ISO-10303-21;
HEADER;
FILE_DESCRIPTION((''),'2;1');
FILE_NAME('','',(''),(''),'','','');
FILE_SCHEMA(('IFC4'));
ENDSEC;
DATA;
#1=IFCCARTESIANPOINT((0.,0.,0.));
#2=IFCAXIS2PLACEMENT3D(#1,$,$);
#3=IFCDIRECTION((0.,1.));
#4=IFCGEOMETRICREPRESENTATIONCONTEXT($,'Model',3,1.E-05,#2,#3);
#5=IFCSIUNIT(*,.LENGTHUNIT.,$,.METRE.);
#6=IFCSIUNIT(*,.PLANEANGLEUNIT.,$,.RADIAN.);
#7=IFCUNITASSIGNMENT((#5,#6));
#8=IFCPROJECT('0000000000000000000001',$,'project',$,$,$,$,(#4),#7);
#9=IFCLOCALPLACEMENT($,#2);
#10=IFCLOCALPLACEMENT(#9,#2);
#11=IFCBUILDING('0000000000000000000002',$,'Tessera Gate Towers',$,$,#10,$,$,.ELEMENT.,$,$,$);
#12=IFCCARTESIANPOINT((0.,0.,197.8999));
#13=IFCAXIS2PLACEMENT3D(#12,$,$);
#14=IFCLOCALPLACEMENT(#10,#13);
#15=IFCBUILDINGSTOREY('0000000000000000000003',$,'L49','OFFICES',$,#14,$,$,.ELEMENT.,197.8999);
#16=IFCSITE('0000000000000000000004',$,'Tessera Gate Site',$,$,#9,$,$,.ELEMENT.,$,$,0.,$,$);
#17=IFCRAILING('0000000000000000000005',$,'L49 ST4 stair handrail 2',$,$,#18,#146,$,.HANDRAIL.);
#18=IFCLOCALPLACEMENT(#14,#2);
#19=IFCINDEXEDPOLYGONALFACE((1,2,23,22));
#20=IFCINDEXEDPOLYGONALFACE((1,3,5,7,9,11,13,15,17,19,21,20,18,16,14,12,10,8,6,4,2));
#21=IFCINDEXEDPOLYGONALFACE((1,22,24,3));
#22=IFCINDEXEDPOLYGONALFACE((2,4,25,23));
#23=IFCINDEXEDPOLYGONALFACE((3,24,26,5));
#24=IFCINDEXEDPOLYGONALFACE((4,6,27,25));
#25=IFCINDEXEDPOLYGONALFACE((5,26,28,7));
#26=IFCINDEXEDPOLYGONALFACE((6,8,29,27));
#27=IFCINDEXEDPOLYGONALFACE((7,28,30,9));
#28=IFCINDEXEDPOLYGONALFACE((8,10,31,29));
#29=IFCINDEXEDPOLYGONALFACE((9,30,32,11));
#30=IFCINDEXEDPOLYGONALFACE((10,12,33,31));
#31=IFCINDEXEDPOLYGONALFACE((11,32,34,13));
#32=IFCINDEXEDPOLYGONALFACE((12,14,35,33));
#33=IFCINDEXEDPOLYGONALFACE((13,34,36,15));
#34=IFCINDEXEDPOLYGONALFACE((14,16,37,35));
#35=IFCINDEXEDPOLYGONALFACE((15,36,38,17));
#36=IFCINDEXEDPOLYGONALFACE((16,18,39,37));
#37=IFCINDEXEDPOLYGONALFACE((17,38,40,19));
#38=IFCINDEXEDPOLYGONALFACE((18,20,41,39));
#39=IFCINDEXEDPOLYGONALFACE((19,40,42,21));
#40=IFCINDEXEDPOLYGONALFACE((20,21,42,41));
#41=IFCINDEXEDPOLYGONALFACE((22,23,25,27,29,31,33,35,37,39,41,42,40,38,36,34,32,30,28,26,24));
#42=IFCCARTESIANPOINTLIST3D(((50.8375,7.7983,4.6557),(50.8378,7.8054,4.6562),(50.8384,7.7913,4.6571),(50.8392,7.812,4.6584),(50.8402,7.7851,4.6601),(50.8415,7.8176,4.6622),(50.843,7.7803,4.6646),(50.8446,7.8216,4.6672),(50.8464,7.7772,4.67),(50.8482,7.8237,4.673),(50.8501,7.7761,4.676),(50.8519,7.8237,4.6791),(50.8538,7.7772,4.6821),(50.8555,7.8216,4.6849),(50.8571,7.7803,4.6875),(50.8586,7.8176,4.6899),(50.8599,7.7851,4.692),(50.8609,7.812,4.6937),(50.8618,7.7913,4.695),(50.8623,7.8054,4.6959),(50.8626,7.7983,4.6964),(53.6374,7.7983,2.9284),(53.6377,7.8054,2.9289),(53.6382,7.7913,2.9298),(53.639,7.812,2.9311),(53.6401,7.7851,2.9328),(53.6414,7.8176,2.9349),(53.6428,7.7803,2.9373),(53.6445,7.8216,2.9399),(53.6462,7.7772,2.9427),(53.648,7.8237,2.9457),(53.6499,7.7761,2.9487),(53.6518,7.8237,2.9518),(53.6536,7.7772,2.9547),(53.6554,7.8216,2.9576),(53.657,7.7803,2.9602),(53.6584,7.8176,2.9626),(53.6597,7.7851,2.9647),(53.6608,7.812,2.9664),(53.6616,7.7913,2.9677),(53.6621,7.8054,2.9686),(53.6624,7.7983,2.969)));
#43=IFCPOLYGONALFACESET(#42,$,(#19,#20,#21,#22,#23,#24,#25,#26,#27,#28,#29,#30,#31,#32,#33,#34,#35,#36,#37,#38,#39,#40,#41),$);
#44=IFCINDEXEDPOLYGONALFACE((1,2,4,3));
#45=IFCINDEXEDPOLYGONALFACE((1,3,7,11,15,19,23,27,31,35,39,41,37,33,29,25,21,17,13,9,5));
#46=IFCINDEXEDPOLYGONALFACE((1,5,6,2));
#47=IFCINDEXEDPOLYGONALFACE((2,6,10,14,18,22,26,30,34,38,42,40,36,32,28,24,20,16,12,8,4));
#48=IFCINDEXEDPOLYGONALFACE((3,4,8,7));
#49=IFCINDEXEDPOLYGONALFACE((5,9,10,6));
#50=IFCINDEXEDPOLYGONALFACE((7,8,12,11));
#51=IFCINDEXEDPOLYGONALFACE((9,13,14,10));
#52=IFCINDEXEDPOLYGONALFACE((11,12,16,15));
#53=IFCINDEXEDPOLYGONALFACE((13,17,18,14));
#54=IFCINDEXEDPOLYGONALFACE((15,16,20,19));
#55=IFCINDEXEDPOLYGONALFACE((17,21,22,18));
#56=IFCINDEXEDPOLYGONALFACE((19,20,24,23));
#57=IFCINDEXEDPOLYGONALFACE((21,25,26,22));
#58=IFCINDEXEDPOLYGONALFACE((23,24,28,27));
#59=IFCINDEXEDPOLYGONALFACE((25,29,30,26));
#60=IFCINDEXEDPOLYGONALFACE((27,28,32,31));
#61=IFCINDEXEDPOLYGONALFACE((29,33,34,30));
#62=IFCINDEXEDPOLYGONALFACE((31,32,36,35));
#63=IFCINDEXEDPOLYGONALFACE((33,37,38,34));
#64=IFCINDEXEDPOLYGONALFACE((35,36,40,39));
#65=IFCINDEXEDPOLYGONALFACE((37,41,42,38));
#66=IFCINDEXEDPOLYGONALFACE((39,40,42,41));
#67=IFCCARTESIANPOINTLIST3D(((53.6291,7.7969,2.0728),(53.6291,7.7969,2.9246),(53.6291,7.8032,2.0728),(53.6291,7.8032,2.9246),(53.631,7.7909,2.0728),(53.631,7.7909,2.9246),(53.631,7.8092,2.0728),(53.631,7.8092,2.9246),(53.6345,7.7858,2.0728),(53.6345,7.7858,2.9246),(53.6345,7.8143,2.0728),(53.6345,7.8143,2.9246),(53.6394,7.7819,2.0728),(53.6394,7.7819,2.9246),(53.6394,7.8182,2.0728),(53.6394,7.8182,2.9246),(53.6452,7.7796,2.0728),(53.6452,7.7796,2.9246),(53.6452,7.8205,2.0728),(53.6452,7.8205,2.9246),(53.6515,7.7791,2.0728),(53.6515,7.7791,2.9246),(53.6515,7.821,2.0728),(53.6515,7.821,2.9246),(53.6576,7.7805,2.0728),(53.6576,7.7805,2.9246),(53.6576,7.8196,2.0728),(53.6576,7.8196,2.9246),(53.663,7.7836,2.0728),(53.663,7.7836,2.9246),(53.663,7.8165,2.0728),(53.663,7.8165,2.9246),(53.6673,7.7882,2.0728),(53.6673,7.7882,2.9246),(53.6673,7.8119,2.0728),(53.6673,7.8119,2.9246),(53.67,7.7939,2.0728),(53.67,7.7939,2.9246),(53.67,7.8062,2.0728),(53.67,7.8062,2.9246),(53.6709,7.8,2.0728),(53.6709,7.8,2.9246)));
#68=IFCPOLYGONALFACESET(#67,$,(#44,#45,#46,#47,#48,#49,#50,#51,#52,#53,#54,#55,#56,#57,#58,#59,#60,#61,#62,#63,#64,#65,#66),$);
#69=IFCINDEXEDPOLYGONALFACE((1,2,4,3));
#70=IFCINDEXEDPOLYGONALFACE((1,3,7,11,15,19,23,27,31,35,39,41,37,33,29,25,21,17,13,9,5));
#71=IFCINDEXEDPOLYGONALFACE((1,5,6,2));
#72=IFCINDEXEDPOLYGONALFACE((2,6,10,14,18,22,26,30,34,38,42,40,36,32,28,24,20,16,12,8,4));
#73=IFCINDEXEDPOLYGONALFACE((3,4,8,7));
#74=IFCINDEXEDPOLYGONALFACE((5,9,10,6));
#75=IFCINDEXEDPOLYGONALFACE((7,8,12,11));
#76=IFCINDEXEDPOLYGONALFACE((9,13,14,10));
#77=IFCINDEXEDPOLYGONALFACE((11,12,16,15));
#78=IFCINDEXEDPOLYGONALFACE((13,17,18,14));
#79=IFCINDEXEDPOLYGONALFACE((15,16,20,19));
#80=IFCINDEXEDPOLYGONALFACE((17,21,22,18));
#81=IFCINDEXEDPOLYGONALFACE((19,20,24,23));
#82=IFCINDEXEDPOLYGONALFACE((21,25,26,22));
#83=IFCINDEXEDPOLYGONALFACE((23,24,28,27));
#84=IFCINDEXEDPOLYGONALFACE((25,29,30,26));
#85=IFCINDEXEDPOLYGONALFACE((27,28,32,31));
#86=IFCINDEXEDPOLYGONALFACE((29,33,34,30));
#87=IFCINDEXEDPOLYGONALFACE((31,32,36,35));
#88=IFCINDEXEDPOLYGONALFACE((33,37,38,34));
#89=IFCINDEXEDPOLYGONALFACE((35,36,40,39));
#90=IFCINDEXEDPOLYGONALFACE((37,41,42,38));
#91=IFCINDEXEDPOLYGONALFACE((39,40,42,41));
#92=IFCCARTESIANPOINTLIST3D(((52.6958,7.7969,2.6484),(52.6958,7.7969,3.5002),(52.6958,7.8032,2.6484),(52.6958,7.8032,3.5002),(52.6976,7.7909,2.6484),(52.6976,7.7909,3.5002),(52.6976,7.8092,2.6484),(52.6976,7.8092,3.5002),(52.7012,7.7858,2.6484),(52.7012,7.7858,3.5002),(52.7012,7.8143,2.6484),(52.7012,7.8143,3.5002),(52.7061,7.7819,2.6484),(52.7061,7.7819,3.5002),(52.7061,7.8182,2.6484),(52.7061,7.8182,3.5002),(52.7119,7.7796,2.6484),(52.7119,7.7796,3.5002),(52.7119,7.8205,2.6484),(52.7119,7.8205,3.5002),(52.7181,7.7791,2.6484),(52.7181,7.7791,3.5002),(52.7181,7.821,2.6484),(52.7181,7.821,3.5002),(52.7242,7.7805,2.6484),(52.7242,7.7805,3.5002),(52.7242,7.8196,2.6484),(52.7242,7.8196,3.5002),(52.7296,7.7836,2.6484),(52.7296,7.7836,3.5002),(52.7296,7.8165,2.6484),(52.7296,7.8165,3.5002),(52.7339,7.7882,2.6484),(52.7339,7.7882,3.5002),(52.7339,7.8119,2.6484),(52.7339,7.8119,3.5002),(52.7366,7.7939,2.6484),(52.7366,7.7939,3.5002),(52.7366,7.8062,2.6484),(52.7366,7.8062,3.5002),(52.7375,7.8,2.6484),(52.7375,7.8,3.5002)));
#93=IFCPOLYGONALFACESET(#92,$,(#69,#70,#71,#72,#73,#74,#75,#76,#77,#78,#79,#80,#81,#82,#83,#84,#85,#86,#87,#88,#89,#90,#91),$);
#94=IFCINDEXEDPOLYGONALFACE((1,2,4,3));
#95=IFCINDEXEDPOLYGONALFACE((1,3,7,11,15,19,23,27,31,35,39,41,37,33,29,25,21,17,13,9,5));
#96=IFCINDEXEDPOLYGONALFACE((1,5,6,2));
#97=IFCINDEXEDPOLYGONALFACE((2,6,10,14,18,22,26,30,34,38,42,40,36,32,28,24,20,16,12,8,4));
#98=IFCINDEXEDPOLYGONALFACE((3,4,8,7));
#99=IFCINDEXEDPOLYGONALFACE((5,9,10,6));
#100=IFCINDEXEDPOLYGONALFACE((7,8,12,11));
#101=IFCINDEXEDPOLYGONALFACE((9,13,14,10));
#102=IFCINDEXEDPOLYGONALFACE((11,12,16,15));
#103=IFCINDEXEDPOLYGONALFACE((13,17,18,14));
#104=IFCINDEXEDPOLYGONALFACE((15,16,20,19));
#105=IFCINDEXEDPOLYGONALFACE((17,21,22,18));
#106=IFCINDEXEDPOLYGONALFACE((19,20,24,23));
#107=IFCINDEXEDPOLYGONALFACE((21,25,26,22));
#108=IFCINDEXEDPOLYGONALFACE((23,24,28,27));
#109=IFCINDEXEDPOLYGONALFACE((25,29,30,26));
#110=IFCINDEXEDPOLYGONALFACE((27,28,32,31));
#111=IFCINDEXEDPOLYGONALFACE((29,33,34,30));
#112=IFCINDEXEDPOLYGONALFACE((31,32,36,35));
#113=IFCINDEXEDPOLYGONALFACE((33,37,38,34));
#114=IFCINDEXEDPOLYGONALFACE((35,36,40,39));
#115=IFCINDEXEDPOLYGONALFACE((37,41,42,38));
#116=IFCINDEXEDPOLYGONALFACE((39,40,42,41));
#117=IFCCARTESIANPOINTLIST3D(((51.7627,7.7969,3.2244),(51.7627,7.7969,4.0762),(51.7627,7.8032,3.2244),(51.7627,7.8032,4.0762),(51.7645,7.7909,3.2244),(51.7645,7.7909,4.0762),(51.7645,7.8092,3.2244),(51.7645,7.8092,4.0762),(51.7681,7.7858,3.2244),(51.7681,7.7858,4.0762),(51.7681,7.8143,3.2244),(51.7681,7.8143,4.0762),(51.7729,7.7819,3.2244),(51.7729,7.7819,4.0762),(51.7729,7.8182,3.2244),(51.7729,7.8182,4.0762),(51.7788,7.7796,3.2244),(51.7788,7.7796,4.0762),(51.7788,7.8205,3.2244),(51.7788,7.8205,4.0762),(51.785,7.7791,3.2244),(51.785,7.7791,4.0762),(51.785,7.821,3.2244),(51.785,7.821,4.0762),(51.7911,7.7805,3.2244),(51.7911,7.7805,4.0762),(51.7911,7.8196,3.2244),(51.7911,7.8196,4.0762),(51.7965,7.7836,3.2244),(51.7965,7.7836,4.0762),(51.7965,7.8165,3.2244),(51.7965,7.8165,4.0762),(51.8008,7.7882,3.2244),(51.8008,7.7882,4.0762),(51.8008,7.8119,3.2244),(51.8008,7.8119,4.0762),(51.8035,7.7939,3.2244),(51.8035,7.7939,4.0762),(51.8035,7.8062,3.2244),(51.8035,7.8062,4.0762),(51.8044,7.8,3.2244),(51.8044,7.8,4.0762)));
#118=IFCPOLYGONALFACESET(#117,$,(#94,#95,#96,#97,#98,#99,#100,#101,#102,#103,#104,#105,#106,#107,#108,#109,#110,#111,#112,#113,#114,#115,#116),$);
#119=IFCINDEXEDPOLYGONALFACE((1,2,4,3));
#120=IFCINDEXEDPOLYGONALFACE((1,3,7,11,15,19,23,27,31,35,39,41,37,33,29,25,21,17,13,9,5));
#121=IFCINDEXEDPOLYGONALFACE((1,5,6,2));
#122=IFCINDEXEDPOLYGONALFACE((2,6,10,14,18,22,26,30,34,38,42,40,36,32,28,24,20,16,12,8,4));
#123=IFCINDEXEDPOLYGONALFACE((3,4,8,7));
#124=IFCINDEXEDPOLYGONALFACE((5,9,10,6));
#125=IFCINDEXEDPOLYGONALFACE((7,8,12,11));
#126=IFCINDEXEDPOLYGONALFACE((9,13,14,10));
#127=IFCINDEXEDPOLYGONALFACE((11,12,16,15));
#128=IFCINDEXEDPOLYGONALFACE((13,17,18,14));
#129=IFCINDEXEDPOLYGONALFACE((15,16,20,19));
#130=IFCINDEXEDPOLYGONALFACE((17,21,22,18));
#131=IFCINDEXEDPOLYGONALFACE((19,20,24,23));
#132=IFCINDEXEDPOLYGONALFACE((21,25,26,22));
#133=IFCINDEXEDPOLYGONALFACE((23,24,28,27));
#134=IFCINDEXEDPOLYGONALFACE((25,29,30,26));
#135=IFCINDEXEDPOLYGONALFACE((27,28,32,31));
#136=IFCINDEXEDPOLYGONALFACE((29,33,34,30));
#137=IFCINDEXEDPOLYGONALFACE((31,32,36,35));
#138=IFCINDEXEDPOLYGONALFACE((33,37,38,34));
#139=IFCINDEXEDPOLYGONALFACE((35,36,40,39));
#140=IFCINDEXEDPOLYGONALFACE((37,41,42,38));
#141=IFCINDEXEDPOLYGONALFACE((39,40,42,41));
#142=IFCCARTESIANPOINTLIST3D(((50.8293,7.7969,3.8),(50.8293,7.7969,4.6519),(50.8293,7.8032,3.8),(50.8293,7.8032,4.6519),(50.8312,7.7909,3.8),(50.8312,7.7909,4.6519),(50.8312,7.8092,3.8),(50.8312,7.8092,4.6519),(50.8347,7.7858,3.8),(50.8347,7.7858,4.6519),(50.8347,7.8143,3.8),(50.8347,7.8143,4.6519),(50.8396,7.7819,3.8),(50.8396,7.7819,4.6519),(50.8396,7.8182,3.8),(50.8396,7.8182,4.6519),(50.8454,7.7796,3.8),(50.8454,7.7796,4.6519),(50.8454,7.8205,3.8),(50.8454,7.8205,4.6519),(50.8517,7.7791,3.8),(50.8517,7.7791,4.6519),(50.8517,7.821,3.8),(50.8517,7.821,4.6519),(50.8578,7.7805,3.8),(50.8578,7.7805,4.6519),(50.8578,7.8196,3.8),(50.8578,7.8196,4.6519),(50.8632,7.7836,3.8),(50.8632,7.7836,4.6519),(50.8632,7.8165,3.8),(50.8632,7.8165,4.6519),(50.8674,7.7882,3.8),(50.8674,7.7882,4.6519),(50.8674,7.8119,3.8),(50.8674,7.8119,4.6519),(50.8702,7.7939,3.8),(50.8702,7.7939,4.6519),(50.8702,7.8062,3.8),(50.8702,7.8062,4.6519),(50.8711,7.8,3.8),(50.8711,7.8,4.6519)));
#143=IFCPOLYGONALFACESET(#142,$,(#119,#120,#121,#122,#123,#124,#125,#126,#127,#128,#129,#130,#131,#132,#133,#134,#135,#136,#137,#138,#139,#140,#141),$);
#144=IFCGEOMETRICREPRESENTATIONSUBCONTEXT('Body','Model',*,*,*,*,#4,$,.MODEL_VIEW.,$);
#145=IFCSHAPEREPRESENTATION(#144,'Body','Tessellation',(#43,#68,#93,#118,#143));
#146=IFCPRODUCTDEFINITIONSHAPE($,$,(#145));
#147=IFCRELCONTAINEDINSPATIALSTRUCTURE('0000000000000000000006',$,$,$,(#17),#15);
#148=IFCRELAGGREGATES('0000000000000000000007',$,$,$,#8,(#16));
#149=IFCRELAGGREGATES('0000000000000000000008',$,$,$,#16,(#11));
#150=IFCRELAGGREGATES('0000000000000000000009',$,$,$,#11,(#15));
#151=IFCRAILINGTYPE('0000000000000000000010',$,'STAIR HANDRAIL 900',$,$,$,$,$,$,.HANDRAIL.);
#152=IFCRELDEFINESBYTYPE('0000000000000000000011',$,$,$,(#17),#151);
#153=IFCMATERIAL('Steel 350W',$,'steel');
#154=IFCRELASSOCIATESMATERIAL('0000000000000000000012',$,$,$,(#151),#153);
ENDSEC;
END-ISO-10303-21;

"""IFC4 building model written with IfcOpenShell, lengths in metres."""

from ifc_helpers import new_model, si_unit, direction, frame, origin, origin_2d, place, context, subcontext, project, spatial, circle, extrude, material, type_object, element, save


model = new_model("IFC4")

# Units and contexts
model_context = context("Model", 3, precision=1e-05, world=origin(), true_north=direction((0.0, 1.0)))
body_context = subcontext(model_context, "Body", "Model", "MODEL_VIEW")
ifc_project = project(units=[si_unit("LENGTHUNIT", "METRE"), si_unit("PLANEANGLEUNIT", "RADIAN")], contexts=[model_context])

# Site, building, storey
site_placement = place(None, origin())
site = spatial("IfcSite", under=ifc_project, at=site_placement, Name="Tessera Gate Site", CompositionType="ELEMENT", RefElevation=0.0)
building_placement = place(site_placement, origin())
building = spatial("IfcBuilding", under=site, at=building_placement, Name="Tessera Gate Towers", CompositionType="ELEMENT")
storey_placement = place(building_placement, frame((0.0, 0.0, 197.8999)))
storey = spatial("IfcBuildingStorey", under=building, at=storey_placement, Name="L49", Description="OFFICES", CompositionType="ELEMENT", Elevation=197.8999)

# Railing
ifc_material_1 = material(Name="Steel 350W", Category="steel")
railing_type_1 = type_object("IfcRailingType", Name="STAIR HANDRAIL 900", PredefinedType="HANDRAIL", material=ifc_material_1)
railing_1_placement = place(storey_placement, frame((53.6499, 7.8, 2.0728)))
element("IfcRailing", 1, at=railing_1_placement, inside=storey, type_object=railing_type_1, Name="L49 ST4 stair handrail 2", PredefinedType="HANDRAIL", context=body_context, shape_type="SweptSolid", body=[
    extrude(circle(Radius=0.0239, at=origin_2d()), frame((0.0, 0.0, 0.876), z_axis=(-0.851069, 0.0, 0.525054), x_axis=(0.0, -1.0, 0.0)), (0.0, 0.0, 1.0), 3.2898),
    extrude(circle(Radius=0.021, at=origin_2d()), origin(), (0.0, 0.0, 1.0), 0.8518),
    extrude(circle(Radius=0.021, at=origin_2d()), frame((-0.9333, 0.0, 0.5757)), (0.0, 0.0, 1.0), 0.8518),
    extrude(circle(Radius=0.021, at=origin_2d()), frame((-1.8665, 0.0, 1.1516)), (0.0, 0.0, 1.0), 0.8518),
    extrude(circle(Radius=0.021, at=origin_2d()), frame((-2.7998, 0.0, 1.7273)), (0.0, 0.0, 1.0), 0.8518),
])

save(model, "model.ifc")
